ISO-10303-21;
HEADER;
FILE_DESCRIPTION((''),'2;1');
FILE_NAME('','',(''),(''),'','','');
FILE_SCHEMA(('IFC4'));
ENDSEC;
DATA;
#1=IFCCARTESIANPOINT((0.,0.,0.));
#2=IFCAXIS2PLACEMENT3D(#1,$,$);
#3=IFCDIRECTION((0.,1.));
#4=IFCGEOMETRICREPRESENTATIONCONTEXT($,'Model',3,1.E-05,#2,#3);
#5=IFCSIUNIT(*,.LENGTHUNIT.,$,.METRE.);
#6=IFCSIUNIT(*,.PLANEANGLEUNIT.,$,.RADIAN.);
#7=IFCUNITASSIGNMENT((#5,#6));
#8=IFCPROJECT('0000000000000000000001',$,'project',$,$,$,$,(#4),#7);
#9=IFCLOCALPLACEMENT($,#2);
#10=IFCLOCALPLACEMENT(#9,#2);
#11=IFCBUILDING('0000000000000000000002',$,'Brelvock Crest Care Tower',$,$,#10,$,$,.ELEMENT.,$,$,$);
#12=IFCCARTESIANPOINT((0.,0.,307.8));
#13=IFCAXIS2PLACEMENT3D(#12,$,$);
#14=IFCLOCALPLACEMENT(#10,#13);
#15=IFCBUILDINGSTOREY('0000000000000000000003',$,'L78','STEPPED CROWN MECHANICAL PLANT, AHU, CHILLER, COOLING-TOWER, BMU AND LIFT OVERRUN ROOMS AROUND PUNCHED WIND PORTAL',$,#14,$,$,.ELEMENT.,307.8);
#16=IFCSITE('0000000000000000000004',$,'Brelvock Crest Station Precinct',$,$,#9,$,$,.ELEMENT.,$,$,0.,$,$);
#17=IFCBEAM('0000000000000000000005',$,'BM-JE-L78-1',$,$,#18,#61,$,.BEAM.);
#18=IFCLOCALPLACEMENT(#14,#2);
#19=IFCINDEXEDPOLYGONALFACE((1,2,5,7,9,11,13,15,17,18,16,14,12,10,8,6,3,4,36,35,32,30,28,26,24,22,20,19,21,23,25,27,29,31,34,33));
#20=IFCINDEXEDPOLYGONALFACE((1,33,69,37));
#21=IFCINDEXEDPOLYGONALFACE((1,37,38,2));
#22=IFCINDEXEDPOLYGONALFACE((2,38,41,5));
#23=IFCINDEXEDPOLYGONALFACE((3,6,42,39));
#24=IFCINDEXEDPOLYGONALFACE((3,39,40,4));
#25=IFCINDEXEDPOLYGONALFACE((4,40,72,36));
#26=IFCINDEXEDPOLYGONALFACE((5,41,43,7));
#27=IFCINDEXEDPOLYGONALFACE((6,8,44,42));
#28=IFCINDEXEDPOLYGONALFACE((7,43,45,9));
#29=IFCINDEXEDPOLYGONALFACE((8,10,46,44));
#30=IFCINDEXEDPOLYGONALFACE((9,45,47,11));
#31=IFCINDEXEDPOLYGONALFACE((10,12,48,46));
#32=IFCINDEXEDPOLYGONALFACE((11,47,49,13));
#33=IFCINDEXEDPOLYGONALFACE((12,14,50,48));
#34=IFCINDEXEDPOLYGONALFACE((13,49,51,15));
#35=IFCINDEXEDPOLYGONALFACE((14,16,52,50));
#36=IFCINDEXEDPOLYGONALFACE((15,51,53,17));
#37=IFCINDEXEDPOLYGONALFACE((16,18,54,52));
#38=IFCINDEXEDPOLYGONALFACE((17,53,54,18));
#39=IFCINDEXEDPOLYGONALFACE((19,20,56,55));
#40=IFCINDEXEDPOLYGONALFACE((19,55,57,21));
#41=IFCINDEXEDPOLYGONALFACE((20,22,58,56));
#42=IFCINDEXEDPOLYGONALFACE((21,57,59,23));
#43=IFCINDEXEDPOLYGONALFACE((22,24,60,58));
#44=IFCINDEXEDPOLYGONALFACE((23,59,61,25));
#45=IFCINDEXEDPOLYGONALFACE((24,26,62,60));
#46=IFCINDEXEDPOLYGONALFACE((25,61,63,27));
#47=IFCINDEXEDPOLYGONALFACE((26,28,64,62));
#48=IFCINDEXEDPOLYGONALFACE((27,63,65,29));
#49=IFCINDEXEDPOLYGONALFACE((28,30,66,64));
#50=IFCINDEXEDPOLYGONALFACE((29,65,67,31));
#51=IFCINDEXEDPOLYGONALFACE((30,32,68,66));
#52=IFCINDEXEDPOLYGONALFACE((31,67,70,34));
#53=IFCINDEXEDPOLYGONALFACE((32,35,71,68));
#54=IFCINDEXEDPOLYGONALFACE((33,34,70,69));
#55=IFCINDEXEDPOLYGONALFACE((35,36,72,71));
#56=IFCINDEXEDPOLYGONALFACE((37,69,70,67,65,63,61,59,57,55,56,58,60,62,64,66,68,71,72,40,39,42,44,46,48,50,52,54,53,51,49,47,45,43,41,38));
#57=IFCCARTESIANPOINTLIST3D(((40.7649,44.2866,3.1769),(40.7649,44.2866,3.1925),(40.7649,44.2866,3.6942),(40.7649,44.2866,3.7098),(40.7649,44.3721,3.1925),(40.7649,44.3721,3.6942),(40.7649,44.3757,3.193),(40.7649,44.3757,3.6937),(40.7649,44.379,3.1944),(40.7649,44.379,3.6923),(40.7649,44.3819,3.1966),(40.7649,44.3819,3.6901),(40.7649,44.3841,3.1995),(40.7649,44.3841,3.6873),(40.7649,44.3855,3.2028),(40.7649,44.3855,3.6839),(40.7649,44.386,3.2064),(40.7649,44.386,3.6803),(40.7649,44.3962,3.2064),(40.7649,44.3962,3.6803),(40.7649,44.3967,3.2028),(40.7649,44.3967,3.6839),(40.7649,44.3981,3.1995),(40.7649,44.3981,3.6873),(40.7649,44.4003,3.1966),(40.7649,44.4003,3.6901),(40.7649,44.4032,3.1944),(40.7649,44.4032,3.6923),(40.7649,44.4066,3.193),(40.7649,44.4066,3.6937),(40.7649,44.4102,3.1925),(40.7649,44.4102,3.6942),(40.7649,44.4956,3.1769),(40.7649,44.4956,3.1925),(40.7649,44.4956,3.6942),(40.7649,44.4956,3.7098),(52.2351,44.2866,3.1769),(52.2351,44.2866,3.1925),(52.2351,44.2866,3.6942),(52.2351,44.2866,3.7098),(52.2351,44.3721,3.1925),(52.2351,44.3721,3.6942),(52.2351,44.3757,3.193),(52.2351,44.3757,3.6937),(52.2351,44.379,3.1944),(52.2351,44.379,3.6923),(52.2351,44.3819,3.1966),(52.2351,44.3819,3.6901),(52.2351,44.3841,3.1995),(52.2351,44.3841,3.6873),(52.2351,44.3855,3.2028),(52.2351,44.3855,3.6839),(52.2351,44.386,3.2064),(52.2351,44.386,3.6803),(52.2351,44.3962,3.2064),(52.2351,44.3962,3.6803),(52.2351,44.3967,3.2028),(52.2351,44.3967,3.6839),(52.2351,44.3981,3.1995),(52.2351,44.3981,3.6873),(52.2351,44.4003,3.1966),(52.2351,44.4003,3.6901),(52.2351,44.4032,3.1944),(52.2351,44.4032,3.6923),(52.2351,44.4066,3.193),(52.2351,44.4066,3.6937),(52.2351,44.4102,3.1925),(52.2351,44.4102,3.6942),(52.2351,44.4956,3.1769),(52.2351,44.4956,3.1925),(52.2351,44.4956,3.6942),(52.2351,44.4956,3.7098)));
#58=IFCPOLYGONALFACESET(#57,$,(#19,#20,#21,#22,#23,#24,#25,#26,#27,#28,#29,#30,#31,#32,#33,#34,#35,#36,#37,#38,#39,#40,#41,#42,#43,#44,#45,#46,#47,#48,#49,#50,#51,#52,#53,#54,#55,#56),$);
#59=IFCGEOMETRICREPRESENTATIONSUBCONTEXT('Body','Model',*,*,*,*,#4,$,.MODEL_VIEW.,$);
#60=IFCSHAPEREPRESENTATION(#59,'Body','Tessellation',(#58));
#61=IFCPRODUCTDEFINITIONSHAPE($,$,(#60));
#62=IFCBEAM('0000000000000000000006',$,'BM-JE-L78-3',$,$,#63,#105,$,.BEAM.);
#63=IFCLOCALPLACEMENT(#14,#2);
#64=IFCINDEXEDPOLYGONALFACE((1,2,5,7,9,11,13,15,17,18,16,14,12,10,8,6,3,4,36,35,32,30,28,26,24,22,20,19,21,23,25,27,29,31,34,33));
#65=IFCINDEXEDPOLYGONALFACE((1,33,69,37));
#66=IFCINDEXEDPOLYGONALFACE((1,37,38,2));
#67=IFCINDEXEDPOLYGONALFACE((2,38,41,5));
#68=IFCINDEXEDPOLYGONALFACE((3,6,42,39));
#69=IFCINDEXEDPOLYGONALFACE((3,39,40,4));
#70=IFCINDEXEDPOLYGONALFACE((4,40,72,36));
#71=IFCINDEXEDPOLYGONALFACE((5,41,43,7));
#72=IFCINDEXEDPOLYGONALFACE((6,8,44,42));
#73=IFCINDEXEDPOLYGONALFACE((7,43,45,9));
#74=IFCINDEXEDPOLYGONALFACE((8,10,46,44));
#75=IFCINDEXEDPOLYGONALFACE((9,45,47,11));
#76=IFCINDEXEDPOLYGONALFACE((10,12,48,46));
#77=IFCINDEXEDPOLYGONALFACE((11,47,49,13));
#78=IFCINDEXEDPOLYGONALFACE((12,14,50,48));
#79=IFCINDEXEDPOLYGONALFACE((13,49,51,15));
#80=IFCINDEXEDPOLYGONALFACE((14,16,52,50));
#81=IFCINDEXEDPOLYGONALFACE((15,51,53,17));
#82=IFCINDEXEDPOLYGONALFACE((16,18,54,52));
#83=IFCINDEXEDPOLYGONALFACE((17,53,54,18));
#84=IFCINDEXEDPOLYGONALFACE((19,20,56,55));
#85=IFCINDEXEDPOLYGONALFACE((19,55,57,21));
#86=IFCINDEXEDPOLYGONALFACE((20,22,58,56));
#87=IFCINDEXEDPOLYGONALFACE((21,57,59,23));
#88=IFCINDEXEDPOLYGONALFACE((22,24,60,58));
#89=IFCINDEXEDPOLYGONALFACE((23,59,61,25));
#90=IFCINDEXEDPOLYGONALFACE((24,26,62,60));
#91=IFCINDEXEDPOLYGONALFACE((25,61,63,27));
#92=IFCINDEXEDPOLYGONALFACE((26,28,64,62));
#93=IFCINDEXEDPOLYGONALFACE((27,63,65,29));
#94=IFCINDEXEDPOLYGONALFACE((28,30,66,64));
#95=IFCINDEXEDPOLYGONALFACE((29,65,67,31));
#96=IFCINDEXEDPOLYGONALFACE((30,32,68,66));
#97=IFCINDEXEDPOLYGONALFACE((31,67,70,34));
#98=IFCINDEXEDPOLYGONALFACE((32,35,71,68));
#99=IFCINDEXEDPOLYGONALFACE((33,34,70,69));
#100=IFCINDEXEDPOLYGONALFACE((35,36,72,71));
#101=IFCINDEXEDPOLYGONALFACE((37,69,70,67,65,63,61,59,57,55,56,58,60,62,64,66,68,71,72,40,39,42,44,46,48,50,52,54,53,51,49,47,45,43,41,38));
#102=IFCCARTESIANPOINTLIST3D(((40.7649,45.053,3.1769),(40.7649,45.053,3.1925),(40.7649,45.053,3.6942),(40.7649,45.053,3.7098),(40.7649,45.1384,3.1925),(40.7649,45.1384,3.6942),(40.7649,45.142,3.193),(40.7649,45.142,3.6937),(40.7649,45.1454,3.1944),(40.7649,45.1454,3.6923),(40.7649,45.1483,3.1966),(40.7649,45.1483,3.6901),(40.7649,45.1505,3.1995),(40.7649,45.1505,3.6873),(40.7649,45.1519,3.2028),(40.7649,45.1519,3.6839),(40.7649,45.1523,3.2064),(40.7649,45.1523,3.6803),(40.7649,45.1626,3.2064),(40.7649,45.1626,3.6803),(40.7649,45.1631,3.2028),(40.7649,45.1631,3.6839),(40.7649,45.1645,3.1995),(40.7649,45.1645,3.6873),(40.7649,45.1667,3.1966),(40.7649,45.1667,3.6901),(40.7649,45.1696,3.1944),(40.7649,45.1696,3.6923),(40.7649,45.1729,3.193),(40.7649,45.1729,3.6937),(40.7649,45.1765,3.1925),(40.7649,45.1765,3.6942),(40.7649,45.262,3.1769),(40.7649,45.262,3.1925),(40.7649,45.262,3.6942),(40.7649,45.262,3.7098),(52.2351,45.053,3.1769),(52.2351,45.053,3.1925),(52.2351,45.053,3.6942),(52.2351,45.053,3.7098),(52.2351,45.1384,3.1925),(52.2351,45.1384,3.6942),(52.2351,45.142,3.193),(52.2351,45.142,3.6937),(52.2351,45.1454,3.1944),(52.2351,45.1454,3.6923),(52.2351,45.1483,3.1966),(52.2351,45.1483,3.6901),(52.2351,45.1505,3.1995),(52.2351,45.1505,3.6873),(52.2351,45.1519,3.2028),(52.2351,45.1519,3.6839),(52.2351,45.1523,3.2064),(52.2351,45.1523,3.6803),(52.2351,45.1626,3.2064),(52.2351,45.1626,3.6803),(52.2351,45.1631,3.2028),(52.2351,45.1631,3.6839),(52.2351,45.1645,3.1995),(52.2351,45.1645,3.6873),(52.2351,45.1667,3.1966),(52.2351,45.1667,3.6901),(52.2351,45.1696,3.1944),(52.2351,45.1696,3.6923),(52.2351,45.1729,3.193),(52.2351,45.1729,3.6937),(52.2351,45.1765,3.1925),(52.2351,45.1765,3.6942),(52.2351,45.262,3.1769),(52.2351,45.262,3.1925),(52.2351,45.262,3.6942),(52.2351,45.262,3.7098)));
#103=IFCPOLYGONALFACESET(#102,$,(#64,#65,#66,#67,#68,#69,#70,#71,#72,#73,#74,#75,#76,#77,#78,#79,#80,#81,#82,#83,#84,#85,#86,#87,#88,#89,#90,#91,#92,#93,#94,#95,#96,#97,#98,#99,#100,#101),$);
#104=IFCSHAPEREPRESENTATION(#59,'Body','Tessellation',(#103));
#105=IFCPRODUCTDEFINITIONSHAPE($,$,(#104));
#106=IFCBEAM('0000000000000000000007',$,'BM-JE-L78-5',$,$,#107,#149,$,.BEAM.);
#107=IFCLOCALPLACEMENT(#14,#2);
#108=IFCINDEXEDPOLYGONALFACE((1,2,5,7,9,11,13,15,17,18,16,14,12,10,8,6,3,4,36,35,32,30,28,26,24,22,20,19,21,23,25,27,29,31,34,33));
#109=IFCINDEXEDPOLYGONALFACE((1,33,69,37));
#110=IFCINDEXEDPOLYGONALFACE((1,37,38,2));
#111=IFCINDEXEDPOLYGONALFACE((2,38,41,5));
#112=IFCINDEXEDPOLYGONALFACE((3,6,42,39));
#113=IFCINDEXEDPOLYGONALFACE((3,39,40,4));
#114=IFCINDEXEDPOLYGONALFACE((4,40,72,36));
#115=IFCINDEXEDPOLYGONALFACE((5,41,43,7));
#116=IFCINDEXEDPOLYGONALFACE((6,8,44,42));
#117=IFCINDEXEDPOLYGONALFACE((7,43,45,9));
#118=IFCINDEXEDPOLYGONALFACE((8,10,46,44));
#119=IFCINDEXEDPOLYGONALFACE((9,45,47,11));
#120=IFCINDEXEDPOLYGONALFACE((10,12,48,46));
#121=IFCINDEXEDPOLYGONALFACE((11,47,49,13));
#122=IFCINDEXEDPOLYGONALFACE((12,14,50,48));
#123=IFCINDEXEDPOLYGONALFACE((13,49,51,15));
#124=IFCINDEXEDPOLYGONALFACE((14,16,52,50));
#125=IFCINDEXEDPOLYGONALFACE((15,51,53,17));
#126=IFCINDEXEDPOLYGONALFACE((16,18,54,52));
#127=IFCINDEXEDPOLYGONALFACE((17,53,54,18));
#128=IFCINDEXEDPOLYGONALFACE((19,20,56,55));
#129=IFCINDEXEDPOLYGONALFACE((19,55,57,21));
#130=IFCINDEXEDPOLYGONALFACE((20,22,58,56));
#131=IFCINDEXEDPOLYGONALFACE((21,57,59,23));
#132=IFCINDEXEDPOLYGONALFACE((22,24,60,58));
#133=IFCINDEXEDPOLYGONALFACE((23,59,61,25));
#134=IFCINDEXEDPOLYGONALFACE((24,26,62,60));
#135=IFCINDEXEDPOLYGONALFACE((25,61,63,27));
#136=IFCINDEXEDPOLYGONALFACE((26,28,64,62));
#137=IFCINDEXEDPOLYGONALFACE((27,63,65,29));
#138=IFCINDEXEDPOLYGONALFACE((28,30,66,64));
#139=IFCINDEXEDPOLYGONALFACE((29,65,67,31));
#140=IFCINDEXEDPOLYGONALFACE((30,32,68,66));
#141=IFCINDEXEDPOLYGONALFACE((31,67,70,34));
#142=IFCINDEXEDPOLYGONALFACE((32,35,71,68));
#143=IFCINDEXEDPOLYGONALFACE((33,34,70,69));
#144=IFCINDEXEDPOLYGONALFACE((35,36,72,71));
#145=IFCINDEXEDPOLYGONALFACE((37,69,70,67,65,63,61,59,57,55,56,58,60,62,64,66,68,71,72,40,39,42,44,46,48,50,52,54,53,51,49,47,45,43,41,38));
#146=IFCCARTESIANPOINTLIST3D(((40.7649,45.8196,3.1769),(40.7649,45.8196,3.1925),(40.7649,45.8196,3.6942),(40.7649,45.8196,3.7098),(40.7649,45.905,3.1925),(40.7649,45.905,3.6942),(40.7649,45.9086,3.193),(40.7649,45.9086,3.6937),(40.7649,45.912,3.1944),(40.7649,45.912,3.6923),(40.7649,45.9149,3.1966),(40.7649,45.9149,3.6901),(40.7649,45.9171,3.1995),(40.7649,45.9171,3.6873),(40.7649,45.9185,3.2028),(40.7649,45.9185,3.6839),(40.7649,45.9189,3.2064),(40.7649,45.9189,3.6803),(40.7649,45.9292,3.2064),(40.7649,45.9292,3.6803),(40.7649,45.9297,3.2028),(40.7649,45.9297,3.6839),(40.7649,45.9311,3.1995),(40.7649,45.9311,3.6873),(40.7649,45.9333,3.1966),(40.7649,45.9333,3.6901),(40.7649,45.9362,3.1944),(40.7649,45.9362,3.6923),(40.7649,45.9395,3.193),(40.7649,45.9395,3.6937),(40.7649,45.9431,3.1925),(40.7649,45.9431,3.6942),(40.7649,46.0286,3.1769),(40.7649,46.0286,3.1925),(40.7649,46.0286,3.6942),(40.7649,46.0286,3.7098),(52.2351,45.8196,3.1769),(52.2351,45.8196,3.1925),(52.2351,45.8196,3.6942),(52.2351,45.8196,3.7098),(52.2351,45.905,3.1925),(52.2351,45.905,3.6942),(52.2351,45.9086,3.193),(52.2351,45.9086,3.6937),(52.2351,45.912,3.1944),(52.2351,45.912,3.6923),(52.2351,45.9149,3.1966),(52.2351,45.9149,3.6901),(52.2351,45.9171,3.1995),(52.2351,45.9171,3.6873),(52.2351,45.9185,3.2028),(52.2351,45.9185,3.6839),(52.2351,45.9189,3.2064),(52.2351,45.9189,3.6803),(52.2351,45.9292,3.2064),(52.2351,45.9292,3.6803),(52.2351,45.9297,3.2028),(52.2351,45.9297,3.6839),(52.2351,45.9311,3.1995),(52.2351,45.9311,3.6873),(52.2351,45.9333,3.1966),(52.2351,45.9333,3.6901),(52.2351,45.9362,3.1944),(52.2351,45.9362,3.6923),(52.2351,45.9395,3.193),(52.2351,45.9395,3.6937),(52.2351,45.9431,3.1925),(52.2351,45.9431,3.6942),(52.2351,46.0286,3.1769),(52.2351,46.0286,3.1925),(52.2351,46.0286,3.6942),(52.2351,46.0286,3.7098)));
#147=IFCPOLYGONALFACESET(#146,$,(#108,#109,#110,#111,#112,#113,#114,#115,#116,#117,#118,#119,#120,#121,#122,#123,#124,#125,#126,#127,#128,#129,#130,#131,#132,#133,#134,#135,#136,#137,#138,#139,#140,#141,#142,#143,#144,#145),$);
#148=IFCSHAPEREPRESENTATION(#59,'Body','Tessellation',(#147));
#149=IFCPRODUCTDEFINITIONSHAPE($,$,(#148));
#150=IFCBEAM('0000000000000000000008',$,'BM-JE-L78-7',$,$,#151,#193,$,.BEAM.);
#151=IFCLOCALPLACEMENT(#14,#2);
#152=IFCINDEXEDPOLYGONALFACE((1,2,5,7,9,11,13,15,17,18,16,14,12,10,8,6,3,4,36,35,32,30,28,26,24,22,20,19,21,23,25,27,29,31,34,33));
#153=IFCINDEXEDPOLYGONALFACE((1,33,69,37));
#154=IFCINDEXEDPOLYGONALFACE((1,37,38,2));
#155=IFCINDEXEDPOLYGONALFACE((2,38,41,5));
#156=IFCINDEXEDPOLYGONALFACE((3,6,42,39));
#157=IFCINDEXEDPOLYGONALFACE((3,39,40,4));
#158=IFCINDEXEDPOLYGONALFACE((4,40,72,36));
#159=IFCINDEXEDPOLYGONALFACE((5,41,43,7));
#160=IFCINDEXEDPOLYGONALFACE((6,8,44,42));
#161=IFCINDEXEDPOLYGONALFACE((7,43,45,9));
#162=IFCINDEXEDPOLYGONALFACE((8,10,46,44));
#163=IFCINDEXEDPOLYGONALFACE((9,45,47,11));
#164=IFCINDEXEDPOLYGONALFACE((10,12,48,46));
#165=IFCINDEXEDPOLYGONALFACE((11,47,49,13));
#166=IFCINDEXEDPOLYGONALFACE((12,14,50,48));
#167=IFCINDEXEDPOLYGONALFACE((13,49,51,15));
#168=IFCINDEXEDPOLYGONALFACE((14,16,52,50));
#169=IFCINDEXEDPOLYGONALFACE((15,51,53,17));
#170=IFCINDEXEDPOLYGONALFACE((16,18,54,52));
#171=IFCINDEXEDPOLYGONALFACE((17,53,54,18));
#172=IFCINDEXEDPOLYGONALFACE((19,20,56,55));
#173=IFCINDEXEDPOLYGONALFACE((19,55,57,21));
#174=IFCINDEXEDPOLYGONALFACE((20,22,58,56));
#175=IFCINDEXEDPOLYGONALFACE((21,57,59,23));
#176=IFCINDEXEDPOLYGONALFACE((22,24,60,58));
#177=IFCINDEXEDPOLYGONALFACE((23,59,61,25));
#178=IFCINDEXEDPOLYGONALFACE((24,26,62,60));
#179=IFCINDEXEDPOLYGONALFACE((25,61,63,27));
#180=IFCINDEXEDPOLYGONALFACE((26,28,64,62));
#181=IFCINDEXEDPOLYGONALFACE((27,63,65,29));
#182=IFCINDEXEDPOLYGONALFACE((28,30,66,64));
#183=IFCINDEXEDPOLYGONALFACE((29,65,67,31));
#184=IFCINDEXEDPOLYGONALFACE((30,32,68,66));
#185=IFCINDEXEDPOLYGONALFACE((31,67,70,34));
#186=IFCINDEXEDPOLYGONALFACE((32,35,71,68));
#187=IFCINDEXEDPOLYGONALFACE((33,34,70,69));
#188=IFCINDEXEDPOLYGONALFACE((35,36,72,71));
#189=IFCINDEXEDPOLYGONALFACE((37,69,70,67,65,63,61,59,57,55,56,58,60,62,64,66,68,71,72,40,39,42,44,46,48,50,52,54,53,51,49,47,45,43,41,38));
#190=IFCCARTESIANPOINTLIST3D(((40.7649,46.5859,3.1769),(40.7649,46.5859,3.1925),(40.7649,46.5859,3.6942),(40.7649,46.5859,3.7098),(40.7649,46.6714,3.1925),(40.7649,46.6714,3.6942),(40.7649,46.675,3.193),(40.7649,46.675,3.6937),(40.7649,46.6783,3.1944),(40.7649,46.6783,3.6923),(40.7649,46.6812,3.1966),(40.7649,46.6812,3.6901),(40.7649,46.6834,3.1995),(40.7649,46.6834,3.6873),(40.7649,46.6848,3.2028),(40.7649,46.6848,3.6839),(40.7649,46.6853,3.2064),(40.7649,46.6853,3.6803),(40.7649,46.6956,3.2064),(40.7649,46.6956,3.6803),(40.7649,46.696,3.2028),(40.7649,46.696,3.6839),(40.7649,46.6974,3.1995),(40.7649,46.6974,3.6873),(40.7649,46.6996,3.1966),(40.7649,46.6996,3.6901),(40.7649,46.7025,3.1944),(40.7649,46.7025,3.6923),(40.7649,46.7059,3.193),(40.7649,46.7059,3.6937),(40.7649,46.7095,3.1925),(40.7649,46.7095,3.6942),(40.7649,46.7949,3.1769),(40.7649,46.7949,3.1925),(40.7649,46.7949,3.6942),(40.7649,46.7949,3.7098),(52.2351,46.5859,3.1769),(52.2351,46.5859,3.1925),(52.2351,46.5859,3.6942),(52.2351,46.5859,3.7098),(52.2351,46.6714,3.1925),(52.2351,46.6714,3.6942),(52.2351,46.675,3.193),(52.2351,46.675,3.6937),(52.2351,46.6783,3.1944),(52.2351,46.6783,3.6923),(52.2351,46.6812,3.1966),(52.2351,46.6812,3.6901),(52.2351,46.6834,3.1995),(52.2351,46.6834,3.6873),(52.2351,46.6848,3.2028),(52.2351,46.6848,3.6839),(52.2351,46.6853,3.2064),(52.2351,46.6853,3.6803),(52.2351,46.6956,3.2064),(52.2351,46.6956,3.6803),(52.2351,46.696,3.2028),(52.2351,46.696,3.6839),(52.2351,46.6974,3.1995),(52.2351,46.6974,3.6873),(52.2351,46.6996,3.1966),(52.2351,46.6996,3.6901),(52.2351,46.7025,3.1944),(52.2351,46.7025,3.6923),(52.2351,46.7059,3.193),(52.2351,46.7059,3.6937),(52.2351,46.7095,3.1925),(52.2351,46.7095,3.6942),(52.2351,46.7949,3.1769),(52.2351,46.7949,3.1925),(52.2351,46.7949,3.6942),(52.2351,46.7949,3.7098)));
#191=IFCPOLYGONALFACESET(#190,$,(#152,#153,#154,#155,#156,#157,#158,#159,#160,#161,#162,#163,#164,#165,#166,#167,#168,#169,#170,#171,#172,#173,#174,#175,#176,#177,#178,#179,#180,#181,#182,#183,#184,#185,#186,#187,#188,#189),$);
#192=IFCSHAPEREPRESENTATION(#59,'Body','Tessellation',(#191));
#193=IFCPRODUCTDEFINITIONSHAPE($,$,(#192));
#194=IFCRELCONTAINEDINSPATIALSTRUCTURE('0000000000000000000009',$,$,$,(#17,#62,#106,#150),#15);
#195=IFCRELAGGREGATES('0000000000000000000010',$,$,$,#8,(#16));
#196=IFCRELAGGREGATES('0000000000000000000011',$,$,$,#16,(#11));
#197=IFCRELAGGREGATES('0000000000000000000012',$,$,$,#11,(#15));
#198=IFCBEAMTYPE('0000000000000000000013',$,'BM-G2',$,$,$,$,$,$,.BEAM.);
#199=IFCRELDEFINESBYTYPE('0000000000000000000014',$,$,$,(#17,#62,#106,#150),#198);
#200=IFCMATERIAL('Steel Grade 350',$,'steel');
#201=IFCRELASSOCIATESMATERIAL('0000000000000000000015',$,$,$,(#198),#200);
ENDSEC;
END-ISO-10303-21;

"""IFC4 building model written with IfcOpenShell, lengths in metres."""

from ifc_helpers import new_model, si_unit, direction, frame, origin, origin_2d, place, context, subcontext, project, spatial, i_section, extrude, source, transform, mapped, material, material_profile, profile_set, type_object, element, save


model = new_model("IFC4")

# Units and contexts
model_context = context("Model", 3, precision=1e-05, world=origin(), true_north=direction((0.0, 1.0)))
body_context = subcontext(model_context, "Body", "Model", "MODEL_VIEW")
ifc_project = project(units=[si_unit("LENGTHUNIT", "METRE"), si_unit("PLANEANGLEUNIT", "RADIAN")], contexts=[model_context])

# Site, building, storey
site_placement = place(None, origin())
site = spatial("IfcSite", under=ifc_project, at=site_placement, Name="Brelvock Crest Station Precinct", CompositionType="ELEMENT", RefElevation=0.0)
building_placement = place(site_placement, origin())
building = spatial("IfcBuilding", under=site, at=building_placement, Name="Brelvock Crest Care Tower", CompositionType="ELEMENT")
storey_placement = place(building_placement, frame((0.0, 0.0, 307.8)))
storey = spatial("IfcBuildingStorey", under=building, at=storey_placement, Name="L78", Description="STEPPED CROWN MECHANICAL PLANT, AHU, CHILLER, COOLING-TOWER, BMU AND LIFT OVERRUN ROOMS AROUND PUNCHED WIND PORTAL", CompositionType="ELEMENT", Elevation=307.8)

# Shared definitions
ifc_material_1 = material(Name="Steel Grade 350", Category="steel")

# Beams
ifc_material_profile_1 = material_profile(ifc_material_1, i_section(OverallWidth=0.209, OverallDepth=0.533, WebThickness=0.0103, FlangeThickness=0.0156, FilletRadius=0.0139, at=origin_2d()), Name="530UB92.4")
ifc_profile_set_1 = profile_set([ifc_material_profile_1], Name="Steel Grade 350")
beam_type_1 = type_object("IfcBeamType", Name="BM-G2", PredefinedType="BEAM", material=ifc_profile_set_1)
shared_shape_1 = source(origin(), body_context, "Body", "SweptSolid", [
    extrude(i_section(OverallWidth=0.209, OverallDepth=0.533, WebThickness=0.0103, FlangeThickness=0.0156, FilletRadius=0.0139, at=origin_2d()), origin(), (0.0, 0.0, 1.0), 11.4702),
])
for number, where, z_axis, x_axis, name in (
    (1, (40.7649, 44.3911, 3.4434), (1.0, 0.0, 0.0), (0.0, 1.0, 0.0), "BM-JE-L78-1"),
    (2, (40.7649, 45.1575, 3.4434), (1.0, 0.0, 0.0), (0.0, 1.0, 0.0), "BM-JE-L78-3"),
    (3, (40.7649, 45.9241, 3.4434), (1.0, 0.0, 0.0), (0.0, 1.0, 0.0), "BM-JE-L78-5"),
    (4, (40.7649, 46.6904, 3.4434), (1.0, 0.0, 0.0), (0.0, 1.0, 0.0), "BM-JE-L78-7"),
):
    element("IfcBeam", number, at=place(storey_placement, frame(where, z_axis=z_axis, x_axis=x_axis)), inside=storey, type_object=beam_type_1, Name=name, PredefinedType="BEAM", context=body_context, shape_type="MappedRepresentation", body=[
        mapped(shared_shape_1, transform((0.0, 0.0, 0.0), x_axis=(1.0, 0.0, 0.0), y_axis=(0.0, 1.0, 0.0), z_axis=(0.0, 0.0, 1.0), scale=1.0)),
    ])

save(model, "model.ifc")
